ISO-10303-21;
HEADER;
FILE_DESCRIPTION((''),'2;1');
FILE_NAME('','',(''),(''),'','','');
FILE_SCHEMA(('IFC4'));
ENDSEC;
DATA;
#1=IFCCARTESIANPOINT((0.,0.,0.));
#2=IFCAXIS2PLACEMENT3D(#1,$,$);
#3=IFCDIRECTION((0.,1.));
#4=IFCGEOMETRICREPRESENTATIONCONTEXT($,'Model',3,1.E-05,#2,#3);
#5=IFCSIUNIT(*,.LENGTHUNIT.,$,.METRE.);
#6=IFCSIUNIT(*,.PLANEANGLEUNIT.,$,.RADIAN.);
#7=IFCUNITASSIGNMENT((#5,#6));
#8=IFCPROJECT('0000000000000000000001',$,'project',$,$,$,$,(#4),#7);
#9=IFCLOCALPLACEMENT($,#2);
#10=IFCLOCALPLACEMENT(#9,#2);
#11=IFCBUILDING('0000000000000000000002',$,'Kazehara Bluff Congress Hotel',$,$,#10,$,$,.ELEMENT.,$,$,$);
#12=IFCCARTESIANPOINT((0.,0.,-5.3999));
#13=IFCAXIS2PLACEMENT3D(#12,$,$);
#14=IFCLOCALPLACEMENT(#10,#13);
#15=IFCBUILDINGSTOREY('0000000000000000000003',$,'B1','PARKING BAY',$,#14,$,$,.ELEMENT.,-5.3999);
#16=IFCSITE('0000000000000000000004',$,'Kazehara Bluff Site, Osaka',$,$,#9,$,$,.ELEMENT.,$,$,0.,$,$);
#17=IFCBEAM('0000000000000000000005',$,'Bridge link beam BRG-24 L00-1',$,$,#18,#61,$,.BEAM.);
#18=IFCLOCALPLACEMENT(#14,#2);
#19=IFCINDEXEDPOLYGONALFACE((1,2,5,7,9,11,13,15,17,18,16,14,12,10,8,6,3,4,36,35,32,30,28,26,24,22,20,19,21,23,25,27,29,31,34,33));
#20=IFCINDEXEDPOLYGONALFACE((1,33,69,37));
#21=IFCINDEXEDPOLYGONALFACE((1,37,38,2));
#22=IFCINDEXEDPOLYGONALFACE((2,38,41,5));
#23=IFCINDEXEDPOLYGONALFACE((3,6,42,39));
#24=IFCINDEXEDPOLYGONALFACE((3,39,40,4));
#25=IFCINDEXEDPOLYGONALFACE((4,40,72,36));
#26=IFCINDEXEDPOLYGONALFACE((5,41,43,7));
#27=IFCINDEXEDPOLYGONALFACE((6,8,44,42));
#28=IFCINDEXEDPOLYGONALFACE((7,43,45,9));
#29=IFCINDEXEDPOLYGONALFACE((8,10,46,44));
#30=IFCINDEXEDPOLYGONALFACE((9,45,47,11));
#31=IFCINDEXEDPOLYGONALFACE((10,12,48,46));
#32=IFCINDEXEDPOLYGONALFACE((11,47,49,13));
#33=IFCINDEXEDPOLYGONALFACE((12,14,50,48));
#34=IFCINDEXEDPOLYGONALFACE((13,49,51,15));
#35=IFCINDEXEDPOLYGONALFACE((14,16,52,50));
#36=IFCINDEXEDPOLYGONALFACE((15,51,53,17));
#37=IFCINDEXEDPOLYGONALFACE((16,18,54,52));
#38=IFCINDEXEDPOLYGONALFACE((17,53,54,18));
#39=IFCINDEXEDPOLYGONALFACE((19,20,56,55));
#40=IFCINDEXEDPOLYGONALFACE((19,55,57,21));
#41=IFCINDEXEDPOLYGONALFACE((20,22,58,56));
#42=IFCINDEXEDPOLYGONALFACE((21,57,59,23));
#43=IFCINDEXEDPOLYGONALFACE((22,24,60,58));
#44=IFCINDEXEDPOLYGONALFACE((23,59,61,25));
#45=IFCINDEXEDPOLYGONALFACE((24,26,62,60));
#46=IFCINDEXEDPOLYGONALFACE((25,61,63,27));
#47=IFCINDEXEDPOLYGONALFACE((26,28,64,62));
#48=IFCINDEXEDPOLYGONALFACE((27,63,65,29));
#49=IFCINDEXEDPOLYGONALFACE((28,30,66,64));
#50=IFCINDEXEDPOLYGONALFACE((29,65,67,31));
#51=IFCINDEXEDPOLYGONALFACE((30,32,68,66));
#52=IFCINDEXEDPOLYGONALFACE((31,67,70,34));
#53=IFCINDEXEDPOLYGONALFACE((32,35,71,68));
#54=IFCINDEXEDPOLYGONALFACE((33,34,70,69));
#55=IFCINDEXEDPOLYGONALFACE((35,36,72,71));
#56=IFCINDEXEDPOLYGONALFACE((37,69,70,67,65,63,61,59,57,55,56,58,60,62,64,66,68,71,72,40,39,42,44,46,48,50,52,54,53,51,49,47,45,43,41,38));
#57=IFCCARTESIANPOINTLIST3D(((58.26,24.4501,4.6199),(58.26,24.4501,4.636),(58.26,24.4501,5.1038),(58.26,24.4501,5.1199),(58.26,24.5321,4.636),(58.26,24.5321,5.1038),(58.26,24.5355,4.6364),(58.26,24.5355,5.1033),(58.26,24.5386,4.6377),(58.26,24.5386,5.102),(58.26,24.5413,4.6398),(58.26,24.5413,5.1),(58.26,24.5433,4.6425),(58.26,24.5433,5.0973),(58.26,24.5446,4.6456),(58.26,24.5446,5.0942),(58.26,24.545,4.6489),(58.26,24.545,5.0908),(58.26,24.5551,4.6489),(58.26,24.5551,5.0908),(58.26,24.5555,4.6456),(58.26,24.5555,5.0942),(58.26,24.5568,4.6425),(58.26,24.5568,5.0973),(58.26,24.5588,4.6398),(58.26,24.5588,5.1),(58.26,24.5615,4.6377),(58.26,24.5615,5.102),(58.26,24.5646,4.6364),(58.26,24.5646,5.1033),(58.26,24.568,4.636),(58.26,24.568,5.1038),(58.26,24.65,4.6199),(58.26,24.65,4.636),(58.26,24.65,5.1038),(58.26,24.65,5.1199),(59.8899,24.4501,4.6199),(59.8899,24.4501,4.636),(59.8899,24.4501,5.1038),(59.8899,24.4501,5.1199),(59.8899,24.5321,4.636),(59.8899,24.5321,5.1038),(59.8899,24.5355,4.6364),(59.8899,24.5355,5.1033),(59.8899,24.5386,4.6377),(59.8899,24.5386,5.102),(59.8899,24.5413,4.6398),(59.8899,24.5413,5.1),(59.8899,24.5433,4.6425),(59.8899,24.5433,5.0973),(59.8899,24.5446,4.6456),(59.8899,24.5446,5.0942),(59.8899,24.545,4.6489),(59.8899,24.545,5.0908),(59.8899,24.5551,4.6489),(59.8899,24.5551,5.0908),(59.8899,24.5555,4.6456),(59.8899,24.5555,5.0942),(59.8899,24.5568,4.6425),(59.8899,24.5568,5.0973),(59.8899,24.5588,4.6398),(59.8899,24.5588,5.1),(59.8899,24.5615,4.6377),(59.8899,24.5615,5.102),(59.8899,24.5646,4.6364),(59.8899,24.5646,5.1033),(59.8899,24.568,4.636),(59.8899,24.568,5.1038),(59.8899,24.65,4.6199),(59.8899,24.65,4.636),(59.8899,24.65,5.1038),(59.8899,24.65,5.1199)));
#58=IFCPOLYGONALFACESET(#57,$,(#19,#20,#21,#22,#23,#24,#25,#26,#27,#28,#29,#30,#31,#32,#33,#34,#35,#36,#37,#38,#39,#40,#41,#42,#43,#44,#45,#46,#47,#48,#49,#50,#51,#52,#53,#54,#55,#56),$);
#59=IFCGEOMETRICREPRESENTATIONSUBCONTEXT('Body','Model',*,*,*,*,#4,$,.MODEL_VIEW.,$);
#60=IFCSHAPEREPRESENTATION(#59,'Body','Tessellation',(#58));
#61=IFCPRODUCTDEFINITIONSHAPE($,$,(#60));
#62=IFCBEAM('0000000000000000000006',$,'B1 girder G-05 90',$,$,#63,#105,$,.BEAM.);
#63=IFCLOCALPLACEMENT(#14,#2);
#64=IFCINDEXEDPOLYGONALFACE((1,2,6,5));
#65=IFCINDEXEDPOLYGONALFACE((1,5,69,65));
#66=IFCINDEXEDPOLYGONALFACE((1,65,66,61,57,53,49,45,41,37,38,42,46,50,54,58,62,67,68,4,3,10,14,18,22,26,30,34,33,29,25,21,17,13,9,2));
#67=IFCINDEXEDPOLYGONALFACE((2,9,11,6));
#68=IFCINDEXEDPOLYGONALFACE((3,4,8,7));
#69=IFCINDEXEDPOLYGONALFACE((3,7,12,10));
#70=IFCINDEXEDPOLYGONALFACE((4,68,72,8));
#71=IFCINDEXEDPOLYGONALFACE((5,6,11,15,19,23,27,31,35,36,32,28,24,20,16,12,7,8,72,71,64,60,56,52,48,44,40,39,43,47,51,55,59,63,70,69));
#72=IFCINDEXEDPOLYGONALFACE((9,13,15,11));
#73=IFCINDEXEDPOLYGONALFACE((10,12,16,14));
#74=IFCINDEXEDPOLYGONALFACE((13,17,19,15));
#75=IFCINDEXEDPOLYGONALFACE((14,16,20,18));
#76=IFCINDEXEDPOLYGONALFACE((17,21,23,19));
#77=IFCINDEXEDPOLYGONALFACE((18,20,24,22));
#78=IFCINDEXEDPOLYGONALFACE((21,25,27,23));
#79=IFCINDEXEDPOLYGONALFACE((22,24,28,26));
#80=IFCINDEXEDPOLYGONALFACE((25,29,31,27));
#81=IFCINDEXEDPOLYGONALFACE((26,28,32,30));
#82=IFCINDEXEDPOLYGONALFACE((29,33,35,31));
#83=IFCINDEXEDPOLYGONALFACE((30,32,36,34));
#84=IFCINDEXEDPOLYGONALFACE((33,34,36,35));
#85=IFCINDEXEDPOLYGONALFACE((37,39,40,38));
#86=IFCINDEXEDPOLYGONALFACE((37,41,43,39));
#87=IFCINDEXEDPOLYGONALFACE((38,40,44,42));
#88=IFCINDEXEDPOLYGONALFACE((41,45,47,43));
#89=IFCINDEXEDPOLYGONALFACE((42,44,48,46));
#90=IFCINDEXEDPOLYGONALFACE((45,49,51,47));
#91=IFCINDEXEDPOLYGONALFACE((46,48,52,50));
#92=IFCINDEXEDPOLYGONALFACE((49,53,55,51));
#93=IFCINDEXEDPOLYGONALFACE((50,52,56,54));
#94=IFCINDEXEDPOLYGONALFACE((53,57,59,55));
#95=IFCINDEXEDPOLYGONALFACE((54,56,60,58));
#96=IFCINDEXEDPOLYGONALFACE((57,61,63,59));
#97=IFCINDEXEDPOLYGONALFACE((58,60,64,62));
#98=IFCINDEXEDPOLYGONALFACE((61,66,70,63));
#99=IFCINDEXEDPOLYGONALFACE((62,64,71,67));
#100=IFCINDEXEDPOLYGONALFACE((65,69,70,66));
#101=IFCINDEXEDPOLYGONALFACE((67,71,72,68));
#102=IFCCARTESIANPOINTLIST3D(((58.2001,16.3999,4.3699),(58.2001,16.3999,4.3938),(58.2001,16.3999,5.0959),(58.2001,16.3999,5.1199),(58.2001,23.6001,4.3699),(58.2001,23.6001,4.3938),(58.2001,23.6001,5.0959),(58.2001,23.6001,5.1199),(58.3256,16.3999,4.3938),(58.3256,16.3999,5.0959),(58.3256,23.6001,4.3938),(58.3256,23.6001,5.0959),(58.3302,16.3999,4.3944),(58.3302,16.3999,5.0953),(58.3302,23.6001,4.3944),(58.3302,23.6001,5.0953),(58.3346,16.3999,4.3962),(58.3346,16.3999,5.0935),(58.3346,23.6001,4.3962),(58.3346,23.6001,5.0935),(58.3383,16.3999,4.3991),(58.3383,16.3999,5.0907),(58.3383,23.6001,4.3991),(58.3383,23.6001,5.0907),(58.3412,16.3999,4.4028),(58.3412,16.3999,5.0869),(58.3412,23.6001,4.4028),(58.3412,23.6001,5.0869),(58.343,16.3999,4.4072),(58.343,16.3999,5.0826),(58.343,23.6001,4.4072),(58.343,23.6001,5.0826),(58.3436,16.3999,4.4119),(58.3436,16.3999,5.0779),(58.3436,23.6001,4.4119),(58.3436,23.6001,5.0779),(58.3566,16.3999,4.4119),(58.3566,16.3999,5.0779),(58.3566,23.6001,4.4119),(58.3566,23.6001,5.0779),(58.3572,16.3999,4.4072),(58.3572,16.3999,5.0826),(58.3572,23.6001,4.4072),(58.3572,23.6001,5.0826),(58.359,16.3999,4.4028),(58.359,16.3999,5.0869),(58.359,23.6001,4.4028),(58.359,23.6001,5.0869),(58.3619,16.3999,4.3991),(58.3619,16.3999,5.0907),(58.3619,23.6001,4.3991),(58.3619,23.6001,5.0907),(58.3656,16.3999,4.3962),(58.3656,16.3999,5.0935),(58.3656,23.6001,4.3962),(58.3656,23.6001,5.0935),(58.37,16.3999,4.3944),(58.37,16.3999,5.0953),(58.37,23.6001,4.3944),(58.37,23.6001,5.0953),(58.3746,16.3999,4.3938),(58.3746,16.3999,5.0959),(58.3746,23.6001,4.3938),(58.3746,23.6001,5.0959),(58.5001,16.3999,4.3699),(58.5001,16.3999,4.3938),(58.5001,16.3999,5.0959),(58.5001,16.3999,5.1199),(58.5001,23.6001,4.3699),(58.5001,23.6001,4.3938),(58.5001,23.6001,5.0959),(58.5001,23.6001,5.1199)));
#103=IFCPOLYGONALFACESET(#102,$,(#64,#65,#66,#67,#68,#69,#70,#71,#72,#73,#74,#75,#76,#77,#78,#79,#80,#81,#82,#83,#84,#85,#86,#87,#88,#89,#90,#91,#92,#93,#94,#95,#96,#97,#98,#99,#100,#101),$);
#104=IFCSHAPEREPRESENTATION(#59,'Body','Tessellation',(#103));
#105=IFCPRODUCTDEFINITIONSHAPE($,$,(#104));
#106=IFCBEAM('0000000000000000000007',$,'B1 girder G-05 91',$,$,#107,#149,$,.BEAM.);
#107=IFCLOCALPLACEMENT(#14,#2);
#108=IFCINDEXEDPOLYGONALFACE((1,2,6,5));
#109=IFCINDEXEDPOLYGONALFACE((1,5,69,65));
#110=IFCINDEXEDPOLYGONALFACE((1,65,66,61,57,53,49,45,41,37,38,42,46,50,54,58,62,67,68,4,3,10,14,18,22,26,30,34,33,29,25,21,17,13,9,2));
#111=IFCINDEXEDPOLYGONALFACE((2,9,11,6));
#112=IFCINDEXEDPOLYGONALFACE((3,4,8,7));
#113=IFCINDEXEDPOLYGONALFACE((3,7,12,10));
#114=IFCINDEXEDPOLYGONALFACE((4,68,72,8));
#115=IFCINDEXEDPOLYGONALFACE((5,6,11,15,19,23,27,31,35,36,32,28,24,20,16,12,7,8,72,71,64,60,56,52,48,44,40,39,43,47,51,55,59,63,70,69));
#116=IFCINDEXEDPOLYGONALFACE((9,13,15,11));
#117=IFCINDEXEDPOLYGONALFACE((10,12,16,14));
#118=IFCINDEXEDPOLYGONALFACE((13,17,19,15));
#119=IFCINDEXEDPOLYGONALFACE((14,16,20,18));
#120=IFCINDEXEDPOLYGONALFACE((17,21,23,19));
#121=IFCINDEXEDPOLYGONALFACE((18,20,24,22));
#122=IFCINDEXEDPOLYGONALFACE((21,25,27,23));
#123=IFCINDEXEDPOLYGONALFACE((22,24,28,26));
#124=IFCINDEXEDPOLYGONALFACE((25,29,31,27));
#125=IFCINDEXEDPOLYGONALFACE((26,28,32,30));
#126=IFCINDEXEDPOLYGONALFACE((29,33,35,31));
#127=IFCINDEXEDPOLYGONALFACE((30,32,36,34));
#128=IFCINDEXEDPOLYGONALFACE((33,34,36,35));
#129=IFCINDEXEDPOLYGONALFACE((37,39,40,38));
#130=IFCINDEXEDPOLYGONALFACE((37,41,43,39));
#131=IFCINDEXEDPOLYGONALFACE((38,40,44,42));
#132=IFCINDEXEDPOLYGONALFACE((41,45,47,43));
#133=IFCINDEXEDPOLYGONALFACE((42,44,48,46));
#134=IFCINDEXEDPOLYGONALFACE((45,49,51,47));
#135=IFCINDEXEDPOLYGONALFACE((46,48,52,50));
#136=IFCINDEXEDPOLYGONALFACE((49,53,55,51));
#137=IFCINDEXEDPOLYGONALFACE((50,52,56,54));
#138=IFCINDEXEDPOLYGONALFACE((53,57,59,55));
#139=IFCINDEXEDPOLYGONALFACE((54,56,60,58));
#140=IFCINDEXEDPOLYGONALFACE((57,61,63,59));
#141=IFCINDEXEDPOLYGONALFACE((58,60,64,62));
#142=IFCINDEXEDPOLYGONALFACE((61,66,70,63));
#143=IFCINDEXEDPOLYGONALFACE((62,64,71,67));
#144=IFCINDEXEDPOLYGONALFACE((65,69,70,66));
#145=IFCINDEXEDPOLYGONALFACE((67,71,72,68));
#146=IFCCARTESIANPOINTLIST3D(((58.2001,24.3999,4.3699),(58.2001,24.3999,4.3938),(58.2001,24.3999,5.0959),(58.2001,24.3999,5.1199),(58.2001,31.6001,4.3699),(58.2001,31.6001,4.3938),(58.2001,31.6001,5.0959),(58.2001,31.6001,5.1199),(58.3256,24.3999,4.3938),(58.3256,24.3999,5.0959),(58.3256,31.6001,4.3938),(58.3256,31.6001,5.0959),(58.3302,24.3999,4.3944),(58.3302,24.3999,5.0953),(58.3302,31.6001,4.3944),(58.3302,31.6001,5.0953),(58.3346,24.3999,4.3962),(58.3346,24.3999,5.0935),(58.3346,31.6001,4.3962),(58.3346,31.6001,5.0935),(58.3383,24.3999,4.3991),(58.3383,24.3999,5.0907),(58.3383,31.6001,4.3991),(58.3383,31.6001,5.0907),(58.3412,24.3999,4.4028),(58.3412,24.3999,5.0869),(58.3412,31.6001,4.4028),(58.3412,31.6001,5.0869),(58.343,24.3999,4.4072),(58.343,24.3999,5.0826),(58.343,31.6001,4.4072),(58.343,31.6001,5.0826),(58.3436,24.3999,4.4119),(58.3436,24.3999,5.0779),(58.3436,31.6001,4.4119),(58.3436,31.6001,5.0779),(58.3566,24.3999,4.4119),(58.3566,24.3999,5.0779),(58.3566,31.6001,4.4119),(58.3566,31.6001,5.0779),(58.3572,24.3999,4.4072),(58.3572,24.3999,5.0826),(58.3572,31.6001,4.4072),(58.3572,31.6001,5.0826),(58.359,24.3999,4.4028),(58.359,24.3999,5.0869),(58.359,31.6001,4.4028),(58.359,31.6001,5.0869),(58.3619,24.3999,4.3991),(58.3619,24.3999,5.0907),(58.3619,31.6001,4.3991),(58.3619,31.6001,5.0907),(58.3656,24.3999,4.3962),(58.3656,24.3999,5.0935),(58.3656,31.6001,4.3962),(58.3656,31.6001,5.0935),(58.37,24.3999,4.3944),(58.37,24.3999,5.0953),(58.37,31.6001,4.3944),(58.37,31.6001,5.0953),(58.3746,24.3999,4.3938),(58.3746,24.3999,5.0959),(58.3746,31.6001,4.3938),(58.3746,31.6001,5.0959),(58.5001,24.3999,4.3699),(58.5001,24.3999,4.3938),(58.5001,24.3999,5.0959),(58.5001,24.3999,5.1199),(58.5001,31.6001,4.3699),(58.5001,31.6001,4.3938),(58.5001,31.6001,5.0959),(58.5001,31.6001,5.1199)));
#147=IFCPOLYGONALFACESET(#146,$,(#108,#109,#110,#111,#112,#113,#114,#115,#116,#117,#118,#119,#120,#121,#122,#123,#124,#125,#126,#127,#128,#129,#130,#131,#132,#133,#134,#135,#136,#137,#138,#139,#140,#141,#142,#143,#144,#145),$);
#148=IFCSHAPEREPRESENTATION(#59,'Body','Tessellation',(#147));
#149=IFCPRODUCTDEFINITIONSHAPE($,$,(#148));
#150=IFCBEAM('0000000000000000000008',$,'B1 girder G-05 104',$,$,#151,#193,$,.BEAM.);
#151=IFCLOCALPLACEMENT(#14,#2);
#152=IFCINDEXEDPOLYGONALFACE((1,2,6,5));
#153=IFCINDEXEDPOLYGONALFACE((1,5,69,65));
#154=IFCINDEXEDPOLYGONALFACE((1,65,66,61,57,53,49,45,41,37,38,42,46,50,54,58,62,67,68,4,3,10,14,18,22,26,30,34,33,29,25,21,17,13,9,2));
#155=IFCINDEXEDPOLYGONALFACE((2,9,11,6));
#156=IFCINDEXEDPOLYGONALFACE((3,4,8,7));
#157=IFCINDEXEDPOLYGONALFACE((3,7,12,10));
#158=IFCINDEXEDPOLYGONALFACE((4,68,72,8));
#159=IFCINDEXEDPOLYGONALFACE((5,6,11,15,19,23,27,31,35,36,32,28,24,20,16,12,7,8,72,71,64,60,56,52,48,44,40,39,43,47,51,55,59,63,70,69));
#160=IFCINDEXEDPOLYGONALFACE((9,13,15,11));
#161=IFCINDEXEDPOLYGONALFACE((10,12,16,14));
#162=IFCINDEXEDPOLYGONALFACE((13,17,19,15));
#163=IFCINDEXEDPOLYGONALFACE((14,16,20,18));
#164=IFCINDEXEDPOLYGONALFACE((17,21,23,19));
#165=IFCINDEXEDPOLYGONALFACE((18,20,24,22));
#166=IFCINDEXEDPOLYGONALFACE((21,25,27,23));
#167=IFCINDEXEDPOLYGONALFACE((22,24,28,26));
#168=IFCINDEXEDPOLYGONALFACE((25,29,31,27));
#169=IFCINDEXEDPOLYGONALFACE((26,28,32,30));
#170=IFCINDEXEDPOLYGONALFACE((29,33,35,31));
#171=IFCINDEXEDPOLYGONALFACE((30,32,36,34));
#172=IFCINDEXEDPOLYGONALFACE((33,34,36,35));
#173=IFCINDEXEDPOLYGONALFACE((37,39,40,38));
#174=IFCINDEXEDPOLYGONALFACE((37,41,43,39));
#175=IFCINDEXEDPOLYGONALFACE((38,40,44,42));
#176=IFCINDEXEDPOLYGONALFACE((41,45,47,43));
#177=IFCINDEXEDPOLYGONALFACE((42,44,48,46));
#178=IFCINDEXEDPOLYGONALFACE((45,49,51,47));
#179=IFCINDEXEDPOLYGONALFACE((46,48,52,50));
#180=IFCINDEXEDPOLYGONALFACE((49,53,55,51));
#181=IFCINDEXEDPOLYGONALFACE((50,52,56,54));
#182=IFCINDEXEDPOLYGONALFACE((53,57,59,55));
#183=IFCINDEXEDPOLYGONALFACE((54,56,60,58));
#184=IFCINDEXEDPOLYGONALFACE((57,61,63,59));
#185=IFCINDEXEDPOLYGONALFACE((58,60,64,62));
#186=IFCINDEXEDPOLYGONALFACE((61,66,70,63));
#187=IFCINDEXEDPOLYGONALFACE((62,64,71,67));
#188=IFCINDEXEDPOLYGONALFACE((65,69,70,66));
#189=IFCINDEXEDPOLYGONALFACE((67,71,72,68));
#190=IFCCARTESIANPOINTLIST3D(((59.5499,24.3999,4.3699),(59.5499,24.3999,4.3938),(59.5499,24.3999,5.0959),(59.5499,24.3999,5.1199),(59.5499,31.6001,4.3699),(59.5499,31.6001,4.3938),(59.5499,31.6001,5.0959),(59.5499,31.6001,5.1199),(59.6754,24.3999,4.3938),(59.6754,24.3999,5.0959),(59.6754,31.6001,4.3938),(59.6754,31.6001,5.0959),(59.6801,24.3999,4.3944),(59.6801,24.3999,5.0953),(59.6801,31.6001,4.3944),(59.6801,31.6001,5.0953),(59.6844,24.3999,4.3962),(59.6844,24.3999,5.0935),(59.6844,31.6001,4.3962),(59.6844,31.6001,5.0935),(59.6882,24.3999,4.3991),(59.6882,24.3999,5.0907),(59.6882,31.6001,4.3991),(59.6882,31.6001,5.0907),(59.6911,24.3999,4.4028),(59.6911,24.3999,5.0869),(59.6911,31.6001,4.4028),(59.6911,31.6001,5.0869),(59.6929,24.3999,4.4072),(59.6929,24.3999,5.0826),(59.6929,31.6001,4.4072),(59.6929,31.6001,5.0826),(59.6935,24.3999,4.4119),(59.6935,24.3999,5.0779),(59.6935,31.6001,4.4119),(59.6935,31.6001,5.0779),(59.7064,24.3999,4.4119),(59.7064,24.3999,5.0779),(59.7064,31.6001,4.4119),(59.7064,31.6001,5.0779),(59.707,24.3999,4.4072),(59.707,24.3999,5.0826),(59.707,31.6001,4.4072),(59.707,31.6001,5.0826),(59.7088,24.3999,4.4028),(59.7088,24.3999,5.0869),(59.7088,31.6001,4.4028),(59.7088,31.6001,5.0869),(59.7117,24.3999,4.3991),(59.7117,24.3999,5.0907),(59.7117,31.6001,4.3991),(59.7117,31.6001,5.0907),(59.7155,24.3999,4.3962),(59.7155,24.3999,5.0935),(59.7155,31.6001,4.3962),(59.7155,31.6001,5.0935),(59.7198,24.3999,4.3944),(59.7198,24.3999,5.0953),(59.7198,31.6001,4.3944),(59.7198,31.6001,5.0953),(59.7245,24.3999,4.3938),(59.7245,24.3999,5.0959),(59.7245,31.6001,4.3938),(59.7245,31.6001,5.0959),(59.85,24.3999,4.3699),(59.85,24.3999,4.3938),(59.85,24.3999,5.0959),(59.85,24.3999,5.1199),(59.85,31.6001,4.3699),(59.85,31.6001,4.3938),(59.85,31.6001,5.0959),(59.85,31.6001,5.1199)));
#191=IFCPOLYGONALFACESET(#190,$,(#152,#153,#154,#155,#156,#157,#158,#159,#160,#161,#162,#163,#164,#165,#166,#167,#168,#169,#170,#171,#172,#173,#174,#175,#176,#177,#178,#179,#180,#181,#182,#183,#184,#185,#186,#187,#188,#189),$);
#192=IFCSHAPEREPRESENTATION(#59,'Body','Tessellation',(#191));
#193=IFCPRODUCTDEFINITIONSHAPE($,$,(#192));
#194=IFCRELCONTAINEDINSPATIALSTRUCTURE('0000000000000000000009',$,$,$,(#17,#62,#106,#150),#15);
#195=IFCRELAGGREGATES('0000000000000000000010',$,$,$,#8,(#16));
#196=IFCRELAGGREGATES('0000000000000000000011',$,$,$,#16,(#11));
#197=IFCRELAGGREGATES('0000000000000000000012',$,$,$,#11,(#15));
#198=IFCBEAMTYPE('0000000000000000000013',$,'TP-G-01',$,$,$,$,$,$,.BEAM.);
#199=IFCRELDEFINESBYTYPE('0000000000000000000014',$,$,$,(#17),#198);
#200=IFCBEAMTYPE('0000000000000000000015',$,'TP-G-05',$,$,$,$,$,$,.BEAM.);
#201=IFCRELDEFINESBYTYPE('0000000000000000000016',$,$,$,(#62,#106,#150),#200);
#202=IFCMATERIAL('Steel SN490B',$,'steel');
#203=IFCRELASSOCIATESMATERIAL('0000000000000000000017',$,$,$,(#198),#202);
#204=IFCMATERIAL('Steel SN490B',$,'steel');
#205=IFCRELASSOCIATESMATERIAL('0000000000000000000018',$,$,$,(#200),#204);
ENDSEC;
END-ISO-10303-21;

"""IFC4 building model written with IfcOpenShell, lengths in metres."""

from ifc_helpers import new_model, si_unit, direction, frame, origin, origin_2d, place, context, subcontext, project, spatial, i_section, extrude, material, material_profile, profile_set, type_object, element, save


model = new_model("IFC4")

# Units and contexts
model_context = context("Model", 3, precision=1e-05, world=origin(), true_north=direction((0.0, 1.0)))
body_context = subcontext(model_context, "Body", "Model", "MODEL_VIEW")
ifc_project = project(units=[si_unit("LENGTHUNIT", "METRE"), si_unit("PLANEANGLEUNIT", "RADIAN")], contexts=[model_context])

# Site, building, storey
site_placement = place(None, origin())
site = spatial("IfcSite", under=ifc_project, at=site_placement, Name="Kazehara Bluff Site, Osaka", CompositionType="ELEMENT", RefElevation=0.0)
building_placement = place(site_placement, origin())
building = spatial("IfcBuilding", under=site, at=building_placement, Name="Kazehara Bluff Congress Hotel", CompositionType="ELEMENT")
storey_placement = place(building_placement, frame((0.0, 0.0, -5.3999)))
storey = spatial("IfcBuildingStorey", under=building, at=storey_placement, Name="B1", Description="PARKING BAY", CompositionType="ELEMENT", Elevation=-5.3999)

# Beams
ifc_material_1 = material(Name="Steel SN490B", Category="steel")
ifc_material_profile_1 = material_profile(ifc_material_1, i_section(OverallWidth=0.2, OverallDepth=0.5, WebThickness=0.01, FlangeThickness=0.0161, FilletRadius=0.0129, at=origin_2d()))
ifc_profile_set_1 = profile_set([ifc_material_profile_1], Name="Steel SN490B")
beam_type_1 = type_object("IfcBeamType", Name="TP-G-01", PredefinedType="BEAM", material=ifc_profile_set_1)
beam_1_placement = place(storey_placement, frame((58.26, 24.55, 4.8699), z_axis=(1.0, 0.0, 0.0), x_axis=(0.0, 1.0, 0.0)))
element("IfcBeam", 1, at=beam_1_placement, inside=storey, type_object=beam_type_1, Name="Bridge link beam BRG-24 L00-1", PredefinedType="BEAM", context=body_context, shape_type="SweptSolid", body=[
    extrude(i_section(OverallWidth=0.2, OverallDepth=0.5, WebThickness=0.01, FlangeThickness=0.0161, FilletRadius=0.0129, at=origin_2d()), origin(), (0.0, 0.0, 1.0), 1.6299),
])
ifc_material_2 = material(Name="Steel SN490B", Category="steel")
ifc_material_profile_2 = material_profile(ifc_material_2, i_section(OverallWidth=0.3, OverallDepth=0.75, WebThickness=0.0129, FlangeThickness=0.0239, FilletRadius=0.0181, at=origin_2d()))
ifc_profile_set_2 = profile_set([ifc_material_profile_2], Name="Steel SN490B")
beam_type_2 = type_object("IfcBeamType", Name="TP-G-05", PredefinedType="BEAM", material=ifc_profile_set_2)
for number, where, z_axis, x_axis, name in (
    (2, (58.3501, 16.3999, 4.7449), (0.0, 1.0, 0.0), (-1.0, 0.0, 0.0), "B1 girder G-05 90"),
    (3, (58.3501, 24.3999, 4.7449), (0.0, 1.0, 0.0), (-1.0, 0.0, 0.0), "B1 girder G-05 91"),
    (4, (59.7, 24.3999, 4.7449), (0.0, 1.0, 0.0), (-1.0, 0.0, 0.0), "B1 girder G-05 104"),
):
    element("IfcBeam", number, at=place(storey_placement, frame(where, z_axis=z_axis, x_axis=x_axis)), inside=storey, type_object=beam_type_2, Name=name, PredefinedType="BEAM", context=body_context, shape_type="SweptSolid", body=[
        extrude(i_section(OverallWidth=0.3, OverallDepth=0.75, WebThickness=0.0129, FlangeThickness=0.0239, FilletRadius=0.0181, at=origin_2d()), origin(), (0.0, 0.0, 1.0), 7.2002),
    ])

save(model, "model.ifc")
